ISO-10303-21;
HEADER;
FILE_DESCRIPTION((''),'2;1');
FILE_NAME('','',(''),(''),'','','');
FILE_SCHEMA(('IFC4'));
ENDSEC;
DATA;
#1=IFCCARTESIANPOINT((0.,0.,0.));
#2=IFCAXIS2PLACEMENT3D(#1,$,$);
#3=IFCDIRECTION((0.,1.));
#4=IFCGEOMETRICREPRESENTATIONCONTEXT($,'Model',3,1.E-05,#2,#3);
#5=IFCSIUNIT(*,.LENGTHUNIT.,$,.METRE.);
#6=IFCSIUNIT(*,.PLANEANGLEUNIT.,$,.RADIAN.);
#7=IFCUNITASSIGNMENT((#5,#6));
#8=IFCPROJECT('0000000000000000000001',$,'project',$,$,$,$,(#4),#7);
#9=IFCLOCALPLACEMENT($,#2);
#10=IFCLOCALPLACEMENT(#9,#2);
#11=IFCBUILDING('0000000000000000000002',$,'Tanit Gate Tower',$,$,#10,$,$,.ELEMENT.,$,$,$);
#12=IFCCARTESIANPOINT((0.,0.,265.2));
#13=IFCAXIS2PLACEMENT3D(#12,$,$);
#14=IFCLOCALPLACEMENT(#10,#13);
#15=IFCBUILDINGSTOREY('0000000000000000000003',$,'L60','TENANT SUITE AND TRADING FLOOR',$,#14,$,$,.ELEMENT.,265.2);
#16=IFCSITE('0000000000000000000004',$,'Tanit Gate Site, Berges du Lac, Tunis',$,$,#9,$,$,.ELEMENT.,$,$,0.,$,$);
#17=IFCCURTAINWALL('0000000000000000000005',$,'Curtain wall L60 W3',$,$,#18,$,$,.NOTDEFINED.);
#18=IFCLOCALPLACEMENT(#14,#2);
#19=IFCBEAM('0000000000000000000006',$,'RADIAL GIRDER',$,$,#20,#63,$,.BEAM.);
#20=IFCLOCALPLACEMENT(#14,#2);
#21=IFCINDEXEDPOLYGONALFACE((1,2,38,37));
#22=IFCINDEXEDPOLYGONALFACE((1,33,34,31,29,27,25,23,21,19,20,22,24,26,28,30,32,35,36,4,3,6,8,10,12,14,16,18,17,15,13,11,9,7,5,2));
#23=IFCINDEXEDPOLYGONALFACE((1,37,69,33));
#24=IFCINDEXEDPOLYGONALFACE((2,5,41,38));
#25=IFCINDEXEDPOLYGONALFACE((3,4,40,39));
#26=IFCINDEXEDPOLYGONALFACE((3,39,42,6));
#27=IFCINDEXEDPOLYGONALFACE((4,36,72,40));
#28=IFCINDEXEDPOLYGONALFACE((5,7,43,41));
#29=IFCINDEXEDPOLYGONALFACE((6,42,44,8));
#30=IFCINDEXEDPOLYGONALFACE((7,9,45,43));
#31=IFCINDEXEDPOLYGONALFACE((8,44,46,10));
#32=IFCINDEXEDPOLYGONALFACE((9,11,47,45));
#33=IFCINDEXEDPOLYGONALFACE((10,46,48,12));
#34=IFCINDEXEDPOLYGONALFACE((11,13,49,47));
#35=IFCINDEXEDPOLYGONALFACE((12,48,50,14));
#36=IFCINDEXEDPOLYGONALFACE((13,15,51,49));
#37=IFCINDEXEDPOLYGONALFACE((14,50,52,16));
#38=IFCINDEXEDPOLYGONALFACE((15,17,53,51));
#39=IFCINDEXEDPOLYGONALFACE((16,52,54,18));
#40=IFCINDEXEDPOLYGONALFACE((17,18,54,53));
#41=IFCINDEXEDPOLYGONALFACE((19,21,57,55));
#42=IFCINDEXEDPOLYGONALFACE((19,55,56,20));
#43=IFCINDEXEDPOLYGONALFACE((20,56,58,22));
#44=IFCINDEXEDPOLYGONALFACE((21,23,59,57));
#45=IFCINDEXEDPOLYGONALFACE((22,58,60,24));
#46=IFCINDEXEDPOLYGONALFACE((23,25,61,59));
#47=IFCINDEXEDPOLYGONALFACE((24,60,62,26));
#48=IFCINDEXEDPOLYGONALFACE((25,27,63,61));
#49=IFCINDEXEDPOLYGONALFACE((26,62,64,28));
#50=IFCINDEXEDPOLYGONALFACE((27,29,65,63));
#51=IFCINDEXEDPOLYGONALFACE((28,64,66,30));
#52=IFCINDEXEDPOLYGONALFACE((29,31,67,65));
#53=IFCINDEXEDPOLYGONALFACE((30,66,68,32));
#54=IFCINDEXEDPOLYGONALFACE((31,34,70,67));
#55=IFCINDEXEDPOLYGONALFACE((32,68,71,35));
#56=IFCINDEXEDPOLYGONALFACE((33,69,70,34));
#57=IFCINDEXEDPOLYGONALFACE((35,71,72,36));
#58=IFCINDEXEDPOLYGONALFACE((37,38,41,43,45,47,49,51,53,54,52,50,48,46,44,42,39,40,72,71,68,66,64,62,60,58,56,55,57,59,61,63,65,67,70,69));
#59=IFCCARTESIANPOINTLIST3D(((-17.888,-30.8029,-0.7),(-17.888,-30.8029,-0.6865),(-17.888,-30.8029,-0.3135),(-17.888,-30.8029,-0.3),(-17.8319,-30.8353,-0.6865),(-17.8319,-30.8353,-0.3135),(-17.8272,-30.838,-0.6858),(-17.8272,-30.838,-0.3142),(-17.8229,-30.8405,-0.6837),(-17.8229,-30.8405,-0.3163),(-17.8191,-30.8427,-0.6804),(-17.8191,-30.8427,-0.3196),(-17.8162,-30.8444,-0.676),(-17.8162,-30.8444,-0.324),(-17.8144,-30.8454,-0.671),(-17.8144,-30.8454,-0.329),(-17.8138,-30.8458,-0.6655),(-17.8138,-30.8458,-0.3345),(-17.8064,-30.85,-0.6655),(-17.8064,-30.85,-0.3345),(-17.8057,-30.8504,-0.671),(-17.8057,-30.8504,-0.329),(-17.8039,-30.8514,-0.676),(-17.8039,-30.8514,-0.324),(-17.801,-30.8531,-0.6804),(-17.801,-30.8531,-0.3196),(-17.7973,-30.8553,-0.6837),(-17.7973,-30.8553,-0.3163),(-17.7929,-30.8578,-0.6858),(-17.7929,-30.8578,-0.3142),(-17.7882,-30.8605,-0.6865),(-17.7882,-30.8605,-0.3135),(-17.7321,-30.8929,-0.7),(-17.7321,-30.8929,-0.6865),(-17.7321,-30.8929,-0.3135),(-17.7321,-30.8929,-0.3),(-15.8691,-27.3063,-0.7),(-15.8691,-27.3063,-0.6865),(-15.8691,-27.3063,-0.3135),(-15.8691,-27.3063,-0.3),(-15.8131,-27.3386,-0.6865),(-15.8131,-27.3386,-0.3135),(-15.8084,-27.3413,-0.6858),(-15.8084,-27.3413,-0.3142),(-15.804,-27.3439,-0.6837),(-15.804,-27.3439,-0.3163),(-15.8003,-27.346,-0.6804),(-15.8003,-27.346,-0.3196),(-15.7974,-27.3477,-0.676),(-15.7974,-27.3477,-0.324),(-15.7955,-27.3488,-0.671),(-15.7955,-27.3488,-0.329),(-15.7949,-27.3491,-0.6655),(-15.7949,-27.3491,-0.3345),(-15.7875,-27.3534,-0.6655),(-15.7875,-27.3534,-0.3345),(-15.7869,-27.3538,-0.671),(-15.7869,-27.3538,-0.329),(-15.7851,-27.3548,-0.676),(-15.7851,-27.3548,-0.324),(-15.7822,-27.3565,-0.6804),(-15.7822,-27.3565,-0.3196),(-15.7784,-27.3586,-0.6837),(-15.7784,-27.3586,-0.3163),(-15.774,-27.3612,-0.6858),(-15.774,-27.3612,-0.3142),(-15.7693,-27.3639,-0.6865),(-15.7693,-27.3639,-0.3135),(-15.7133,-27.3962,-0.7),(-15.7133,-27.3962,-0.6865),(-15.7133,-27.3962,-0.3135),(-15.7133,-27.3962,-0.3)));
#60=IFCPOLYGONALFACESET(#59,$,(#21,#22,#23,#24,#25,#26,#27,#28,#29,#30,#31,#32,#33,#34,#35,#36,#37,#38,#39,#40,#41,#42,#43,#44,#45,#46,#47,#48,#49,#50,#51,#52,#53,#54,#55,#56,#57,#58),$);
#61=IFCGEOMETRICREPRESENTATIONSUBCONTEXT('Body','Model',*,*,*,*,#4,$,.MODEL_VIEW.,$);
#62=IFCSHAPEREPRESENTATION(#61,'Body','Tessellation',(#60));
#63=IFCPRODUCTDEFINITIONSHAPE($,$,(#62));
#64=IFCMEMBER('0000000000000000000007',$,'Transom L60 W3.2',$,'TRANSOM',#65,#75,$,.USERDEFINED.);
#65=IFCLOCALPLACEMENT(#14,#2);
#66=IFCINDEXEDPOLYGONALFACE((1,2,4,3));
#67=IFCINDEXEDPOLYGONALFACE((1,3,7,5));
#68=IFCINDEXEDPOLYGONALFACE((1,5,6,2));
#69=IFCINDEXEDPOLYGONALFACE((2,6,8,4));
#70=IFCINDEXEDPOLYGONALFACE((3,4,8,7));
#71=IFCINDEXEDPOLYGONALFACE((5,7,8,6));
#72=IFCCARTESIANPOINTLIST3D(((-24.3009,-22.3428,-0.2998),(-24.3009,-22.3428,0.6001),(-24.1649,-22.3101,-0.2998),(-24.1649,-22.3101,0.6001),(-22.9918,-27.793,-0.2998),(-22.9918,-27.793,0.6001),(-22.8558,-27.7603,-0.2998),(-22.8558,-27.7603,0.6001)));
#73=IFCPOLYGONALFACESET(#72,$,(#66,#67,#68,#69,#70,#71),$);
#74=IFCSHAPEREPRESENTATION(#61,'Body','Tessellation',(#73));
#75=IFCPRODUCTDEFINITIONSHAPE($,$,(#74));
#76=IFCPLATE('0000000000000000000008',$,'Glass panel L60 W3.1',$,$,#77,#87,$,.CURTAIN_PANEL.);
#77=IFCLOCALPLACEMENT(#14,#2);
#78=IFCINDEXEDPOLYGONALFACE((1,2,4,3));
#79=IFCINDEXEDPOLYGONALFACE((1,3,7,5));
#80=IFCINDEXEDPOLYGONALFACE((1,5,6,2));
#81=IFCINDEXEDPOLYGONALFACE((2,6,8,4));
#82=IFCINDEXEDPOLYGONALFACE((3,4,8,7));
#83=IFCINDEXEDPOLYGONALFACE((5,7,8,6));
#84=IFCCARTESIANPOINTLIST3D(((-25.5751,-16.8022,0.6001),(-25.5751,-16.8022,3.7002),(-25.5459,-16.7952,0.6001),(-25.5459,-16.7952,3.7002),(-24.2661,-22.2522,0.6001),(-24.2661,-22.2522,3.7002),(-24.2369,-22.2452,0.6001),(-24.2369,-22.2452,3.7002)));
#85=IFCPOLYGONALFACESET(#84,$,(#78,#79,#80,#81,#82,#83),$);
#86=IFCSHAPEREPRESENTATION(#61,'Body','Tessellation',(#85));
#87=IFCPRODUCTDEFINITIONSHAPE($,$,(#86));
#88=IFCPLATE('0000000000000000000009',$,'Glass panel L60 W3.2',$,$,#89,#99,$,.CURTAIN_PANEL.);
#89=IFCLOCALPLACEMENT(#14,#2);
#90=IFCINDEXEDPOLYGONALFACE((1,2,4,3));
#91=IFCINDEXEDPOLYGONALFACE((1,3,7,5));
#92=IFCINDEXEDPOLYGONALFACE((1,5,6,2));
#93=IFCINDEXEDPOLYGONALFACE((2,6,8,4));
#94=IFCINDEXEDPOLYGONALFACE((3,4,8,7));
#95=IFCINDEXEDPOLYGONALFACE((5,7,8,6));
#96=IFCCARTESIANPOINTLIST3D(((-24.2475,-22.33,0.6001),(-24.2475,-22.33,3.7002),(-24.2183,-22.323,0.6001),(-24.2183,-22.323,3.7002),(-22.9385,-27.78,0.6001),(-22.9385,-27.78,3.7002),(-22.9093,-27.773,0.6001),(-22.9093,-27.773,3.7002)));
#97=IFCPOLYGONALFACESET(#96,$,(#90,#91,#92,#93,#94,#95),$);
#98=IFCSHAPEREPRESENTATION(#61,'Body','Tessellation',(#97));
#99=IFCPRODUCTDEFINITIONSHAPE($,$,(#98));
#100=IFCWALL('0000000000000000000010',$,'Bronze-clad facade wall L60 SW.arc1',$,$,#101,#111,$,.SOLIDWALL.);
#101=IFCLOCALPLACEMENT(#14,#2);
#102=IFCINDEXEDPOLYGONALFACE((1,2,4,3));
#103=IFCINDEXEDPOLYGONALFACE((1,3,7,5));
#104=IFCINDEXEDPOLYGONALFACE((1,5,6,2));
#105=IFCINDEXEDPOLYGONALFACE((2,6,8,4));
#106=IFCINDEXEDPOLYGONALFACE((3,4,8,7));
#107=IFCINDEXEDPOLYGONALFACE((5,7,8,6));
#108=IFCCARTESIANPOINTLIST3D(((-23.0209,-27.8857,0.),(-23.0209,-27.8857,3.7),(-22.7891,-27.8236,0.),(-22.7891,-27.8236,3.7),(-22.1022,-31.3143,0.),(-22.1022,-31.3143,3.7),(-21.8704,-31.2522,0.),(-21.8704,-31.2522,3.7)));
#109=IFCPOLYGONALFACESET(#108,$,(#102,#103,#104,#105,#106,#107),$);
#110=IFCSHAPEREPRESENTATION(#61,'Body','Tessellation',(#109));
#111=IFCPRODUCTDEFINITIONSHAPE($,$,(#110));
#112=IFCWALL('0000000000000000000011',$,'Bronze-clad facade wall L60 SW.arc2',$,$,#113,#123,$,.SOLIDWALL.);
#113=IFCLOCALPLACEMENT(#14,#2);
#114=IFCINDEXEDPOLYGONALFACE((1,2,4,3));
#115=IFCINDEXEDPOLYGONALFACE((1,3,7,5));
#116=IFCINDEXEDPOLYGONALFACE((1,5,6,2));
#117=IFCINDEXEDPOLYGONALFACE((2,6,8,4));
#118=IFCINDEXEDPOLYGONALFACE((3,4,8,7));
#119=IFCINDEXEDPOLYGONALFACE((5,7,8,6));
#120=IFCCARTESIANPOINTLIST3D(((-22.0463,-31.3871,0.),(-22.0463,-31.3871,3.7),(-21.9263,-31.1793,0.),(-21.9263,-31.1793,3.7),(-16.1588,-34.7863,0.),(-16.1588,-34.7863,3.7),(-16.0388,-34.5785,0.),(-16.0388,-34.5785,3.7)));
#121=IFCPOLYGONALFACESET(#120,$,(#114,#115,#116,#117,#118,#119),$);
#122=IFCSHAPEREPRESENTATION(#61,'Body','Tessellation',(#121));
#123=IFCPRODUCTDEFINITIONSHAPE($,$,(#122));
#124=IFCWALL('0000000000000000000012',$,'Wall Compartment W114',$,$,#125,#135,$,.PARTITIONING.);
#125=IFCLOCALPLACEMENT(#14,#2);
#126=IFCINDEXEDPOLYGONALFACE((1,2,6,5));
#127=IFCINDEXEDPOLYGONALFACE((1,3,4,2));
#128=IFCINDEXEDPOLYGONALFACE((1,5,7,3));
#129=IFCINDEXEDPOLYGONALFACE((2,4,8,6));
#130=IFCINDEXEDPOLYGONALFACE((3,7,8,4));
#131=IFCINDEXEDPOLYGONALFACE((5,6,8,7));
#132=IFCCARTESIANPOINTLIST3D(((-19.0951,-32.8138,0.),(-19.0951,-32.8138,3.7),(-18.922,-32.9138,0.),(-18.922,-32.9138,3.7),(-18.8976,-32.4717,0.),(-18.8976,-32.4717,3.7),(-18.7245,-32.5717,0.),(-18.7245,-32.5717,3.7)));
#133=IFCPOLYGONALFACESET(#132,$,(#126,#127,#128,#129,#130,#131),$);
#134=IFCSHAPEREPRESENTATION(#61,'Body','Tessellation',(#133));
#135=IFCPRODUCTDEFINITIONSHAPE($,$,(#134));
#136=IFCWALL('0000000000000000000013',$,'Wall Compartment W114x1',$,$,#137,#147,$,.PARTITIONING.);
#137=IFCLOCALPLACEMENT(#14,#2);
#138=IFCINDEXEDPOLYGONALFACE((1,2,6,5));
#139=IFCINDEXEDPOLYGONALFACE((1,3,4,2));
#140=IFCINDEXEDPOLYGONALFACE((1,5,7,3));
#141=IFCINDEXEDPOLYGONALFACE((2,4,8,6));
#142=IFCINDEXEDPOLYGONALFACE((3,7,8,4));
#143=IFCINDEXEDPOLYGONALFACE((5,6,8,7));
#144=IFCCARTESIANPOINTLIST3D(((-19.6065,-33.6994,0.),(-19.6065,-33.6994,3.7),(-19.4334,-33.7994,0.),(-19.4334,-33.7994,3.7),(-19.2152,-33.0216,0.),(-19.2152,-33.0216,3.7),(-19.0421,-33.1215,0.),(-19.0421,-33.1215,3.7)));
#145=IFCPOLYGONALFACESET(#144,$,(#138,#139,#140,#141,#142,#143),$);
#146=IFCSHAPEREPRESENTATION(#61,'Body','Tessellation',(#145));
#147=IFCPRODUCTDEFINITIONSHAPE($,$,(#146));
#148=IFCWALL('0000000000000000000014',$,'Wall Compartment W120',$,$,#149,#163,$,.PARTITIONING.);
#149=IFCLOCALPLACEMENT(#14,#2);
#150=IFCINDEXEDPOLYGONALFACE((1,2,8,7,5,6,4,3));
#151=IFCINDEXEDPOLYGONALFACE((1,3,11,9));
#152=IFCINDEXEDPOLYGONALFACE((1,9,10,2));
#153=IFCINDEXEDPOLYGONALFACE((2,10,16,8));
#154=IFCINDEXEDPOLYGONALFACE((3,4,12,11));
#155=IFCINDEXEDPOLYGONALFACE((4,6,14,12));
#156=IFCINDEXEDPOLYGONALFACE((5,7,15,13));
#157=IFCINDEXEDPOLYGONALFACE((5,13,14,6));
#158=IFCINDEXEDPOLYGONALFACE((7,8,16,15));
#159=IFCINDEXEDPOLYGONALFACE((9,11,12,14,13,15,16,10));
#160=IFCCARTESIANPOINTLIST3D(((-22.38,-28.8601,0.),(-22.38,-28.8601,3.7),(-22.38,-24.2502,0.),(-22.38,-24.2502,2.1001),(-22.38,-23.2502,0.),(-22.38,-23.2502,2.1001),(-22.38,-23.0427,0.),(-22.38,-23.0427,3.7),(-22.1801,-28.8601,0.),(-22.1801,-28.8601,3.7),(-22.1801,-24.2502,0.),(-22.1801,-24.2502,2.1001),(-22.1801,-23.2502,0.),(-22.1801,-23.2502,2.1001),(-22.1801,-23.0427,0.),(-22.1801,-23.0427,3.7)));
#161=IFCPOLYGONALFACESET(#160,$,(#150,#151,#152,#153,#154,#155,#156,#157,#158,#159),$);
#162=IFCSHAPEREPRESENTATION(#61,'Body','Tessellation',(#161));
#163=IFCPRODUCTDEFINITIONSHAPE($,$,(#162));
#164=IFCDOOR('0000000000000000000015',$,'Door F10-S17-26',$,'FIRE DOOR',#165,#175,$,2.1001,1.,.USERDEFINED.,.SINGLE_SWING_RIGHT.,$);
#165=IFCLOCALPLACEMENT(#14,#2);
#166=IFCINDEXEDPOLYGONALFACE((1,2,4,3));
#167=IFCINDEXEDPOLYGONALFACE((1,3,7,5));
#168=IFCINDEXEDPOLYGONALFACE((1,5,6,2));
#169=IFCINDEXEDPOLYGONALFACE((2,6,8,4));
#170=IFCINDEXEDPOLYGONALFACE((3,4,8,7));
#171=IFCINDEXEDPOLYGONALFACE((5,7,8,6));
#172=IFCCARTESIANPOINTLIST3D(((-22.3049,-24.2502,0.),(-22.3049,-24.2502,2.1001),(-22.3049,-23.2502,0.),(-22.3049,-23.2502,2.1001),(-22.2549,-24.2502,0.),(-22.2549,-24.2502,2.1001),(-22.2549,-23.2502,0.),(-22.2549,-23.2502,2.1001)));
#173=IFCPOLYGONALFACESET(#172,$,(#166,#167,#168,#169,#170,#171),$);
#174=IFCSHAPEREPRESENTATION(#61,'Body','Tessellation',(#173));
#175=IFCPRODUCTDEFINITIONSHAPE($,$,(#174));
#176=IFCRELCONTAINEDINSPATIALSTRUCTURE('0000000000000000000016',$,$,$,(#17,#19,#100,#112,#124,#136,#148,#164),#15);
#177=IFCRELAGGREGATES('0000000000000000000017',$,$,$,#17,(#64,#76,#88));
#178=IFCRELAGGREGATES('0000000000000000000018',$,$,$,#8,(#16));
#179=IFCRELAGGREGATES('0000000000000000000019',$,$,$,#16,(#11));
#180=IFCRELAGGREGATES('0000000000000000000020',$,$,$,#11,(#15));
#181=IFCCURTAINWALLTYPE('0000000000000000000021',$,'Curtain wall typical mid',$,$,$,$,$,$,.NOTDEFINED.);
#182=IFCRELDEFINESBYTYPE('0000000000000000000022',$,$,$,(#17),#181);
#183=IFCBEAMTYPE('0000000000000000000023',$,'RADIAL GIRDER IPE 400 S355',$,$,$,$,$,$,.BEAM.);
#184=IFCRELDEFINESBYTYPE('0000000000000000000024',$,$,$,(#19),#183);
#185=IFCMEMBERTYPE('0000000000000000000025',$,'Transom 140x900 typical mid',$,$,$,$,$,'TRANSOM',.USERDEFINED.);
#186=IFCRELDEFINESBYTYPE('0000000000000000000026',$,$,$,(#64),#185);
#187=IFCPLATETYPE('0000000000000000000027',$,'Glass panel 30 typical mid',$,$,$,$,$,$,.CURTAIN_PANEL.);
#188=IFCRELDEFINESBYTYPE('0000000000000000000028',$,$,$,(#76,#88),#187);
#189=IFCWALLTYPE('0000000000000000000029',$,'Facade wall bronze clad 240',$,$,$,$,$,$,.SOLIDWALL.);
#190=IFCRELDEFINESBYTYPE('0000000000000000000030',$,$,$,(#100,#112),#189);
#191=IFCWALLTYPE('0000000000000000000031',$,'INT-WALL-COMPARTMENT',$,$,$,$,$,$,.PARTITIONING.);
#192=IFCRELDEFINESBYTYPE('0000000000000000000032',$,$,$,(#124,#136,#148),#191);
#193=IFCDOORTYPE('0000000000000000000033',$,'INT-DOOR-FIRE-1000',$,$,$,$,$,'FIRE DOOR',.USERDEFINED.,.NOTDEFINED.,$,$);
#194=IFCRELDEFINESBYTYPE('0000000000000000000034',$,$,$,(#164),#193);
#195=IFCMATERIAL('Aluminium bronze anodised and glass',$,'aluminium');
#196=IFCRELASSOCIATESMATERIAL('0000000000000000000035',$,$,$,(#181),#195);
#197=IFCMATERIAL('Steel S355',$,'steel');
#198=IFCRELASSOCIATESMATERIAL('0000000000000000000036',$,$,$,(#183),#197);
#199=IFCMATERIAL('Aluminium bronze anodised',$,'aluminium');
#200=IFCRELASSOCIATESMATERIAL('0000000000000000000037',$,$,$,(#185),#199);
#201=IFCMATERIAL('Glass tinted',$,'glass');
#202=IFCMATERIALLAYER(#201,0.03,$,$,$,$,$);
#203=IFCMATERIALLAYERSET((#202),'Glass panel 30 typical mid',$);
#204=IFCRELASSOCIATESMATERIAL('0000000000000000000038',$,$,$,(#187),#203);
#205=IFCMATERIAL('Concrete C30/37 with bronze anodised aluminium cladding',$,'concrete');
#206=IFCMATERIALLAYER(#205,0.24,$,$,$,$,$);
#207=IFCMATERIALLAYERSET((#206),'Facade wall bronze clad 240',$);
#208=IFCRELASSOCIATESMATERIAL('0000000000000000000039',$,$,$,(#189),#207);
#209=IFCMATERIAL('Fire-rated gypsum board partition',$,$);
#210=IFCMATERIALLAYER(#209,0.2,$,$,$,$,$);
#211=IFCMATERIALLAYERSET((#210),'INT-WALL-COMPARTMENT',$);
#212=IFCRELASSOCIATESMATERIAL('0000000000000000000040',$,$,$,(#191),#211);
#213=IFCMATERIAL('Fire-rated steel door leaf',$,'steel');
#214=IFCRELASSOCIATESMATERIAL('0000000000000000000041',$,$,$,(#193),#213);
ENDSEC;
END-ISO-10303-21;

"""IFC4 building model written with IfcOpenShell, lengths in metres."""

from ifc_helpers import new_model, si_unit, direction, frame, frame_2d, origin, origin_2d, place, context, subcontext, project, spatial, rectangle, i_section, extrude, material, layer, layer_set, material_profile, profile_set, type_object, element, fill, aggregate, save


model = new_model("IFC4")

# Units and contexts
model_context = context("Model", 3, precision=1e-05, world=origin(), true_north=direction((0.0, 1.0)))
body_context = subcontext(model_context, "Body", "Model", "MODEL_VIEW")
ifc_project = project(units=[si_unit("LENGTHUNIT", "METRE"), si_unit("PLANEANGLEUNIT", "RADIAN")], contexts=[model_context])

# Site, building, storey
site_placement = place(None, origin())
site = spatial("IfcSite", under=ifc_project, at=site_placement, Name="Tanit Gate Site, Berges du Lac, Tunis", CompositionType="ELEMENT", RefElevation=0.0)
building_placement = place(site_placement, origin())
building = spatial("IfcBuilding", under=site, at=building_placement, Name="Tanit Gate Tower", CompositionType="ELEMENT")
storey_placement = place(building_placement, frame((0.0, 0.0, 265.2)))
storey = spatial("IfcBuildingStorey", under=building, at=storey_placement, Name="L60", Description="TENANT SUITE AND TRADING FLOOR", CompositionType="ELEMENT", Elevation=265.2)

# Curtain wall
ifc_material_1 = material(Name="Aluminium bronze anodised and glass", Category="aluminium")
curtain_wall_type = type_object("IfcCurtainWallType", Name="Curtain wall typical mid", PredefinedType="NOTDEFINED", material=ifc_material_1)
curtain_wall_placement = place(storey_placement, origin())
curtain_wall = element("IfcCurtainWall", 1, at=curtain_wall_placement, inside=storey, type_object=curtain_wall_type, Name="Curtain wall L60 W3", PredefinedType="NOTDEFINED")

# Beam
ifc_material_2 = material(Name="Steel S355", Category="steel")
ifc_material_profile_1 = material_profile(ifc_material_2, i_section(OverallWidth=0.1799, OverallDepth=0.3999, WebThickness=0.0085, FlangeThickness=0.0134, FilletRadius=0.021, at=origin_2d()), Name="IPE 400")
ifc_profile_set_1 = profile_set([ifc_material_profile_1], Name="Steel S355")
beam_type_1 = type_object("IfcBeamType", Name="RADIAL GIRDER IPE 400 S355", PredefinedType="BEAM", material=ifc_profile_set_1)
beam_1_placement = place(storey_placement, frame((-17.8101, -30.8479, -0.5), z_axis=(0.500009, 0.86602, 0.0), x_axis=(-0.86602, 0.500009, 0.0)))
element("IfcBeam", 2, at=beam_1_placement, inside=storey, type_object=beam_type_1, Name="RADIAL GIRDER", PredefinedType="BEAM", context=body_context, shape_type="SweptSolid", body=[
    extrude(i_section(OverallWidth=0.1799, OverallDepth=0.3999, WebThickness=0.0085, FlangeThickness=0.0134, FilletRadius=0.021, at=origin_2d()), origin(), (0.0, 0.0, 1.0), 4.0376),
])

# Member
ifc_material_3 = material(Name="Aluminium bronze anodised", Category="aluminium")
ifc_material_profile_2 = material_profile(ifc_material_3, rectangle(XDim=0.1399, YDim=0.8999, at=origin_2d()), Name="140x900 bronze transom")
ifc_profile_set_2 = profile_set([ifc_material_profile_2], Name="Aluminium bronze anodised")
member_type_1 = type_object("IfcMemberType", Name="Transom 140x900 typical mid", ElementType="TRANSOM", PredefinedType="USERDEFINED", material=ifc_profile_set_2)
member_1_placement = place(storey_placement, frame((-24.2329, -22.3264, 0.1501), z_axis=(0.233548, -0.972345, 0.0), x_axis=(0.972345, 0.233548, 0.0)))
member_1 = element("IfcMember", 3, at=member_1_placement, type_object=member_type_1, Name="Transom L60 W3.2", ObjectType="TRANSOM", PredefinedType="USERDEFINED", context=body_context, shape_type="SweptSolid", body=[
    extrude(rectangle(XDim=0.1399, YDim=0.8999, at=origin_2d()), origin(), (0.0, 0.0, 1.0), 5.6052),
])

# Plates
ifc_material_4 = material(Name="Glass tinted", Category="glass")
ifc_layer_1 = layer(ifc_material_4, 0.03)
ifc_layer_set_1 = layer_set([ifc_layer_1], Name="Glass panel 30 typical mid")
plate_type = type_object("IfcPlateType", Name="Glass panel 30 typical mid", PredefinedType="CURTAIN_PANEL", material=ifc_layer_set_1)
plate_1_placement = place(storey_placement, frame((-24.906, -19.5237, 0.6001), z_axis=(0.0, 0.0, 1.0), x_axis=(0.233542, -0.972347, 0.0)))
plate_1 = element("IfcPlate", 4, at=plate_1_placement, type_object=plate_type, Name="Glass panel L60 W3.1", PredefinedType="CURTAIN_PANEL", context=body_context, shape_type="SweptSolid", body=[
    extrude(rectangle(XDim=5.605, YDim=0.03, at=origin_2d()), origin(), (0.0, 0.0, 1.0), 3.1001),
])
plate_2_placement = place(storey_placement, frame((-23.5784, -25.0515, 0.6001), z_axis=(0.0, 0.0, 1.0), x_axis=(0.233542, -0.972347, 0.0)))
plate_2 = element("IfcPlate", 5, at=plate_2_placement, type_object=plate_type, Name="Glass panel L60 W3.2", PredefinedType="CURTAIN_PANEL", context=body_context, shape_type="SweptSolid", body=[
    extrude(rectangle(XDim=5.605, YDim=0.03, at=origin_2d()), origin(), (0.0, 0.0, 1.0), 3.1001),
])
aggregate(curtain_wall, [member_1, plate_1, plate_2])

# Walls
ifc_material_5 = material(Name="Concrete C30/37 with bronze anodised aluminium cladding", Category="concrete")
ifc_layer_2 = layer(ifc_material_5, 0.24)
ifc_layer_set_2 = layer_set([ifc_layer_2], Name="Facade wall bronze clad 240")
wall_type_1 = type_object("IfcWallType", Name="Facade wall bronze clad 240", PredefinedType="SOLIDWALL", material=ifc_layer_set_2)
wall_1_placement = place(storey_placement, frame((-22.905, -27.8545, 0.0), z_axis=(0.0, 0.0, 1.0), x_axis=(0.258814, -0.965927, 0.0)))
element("IfcWall", 6, at=wall_1_placement, inside=storey, type_object=wall_type_1, Name="Bronze-clad facade wall L60 SW.arc1", PredefinedType="SOLIDWALL", context=body_context, shape_type="SweptSolid", body=[
    extrude(rectangle(XDim=3.5496, YDim=0.24, at=frame_2d((1.7749, 0.0))), origin(), (0.0, 0.0, 1.0), 3.7),
])
wall_2_placement = place(storey_placement, frame((-21.9863, -31.2832, 0.0), z_axis=(0.0, 0.0, 1.0), x_axis=(0.866022, -0.500005, 0.0)))
element("IfcWall", 7, at=wall_2_placement, inside=storey, type_object=wall_type_1, Name="Bronze-clad facade wall L60 SW.arc2", PredefinedType="SOLIDWALL", context=body_context, shape_type="SweptSolid", body=[
    extrude(rectangle(XDim=6.7983, YDim=0.24, at=frame_2d((3.3992, 0.0))), origin(), (0.0, 0.0, 1.0), 3.7),
])
ifc_material_6 = material(Name="Fire-rated gypsum board partition")
ifc_layer_3 = layer(ifc_material_6, 0.2)
ifc_layer_set_3 = layer_set([ifc_layer_3], Name="INT-WALL-COMPARTMENT")
wall_type_2 = type_object("IfcWallType", Name="INT-WALL-COMPARTMENT", PredefinedType="PARTITIONING", material=ifc_layer_set_3)
wall_3_placement = place(storey_placement, frame((-18.811, -32.5217, 0.0), z_axis=(0.0, 0.0, 1.0), x_axis=(-0.500061, -0.86599, 0.0)))
element("IfcWall", 8, at=wall_3_placement, inside=storey, type_object=wall_type_2, Name="Wall Compartment W114", PredefinedType="PARTITIONING", context=body_context, shape_type="SweptSolid", body=[
    extrude(rectangle(XDim=0.395, YDim=0.2, at=frame_2d((0.1975, 0.0))), origin(), (0.0, 0.0, 1.0), 3.7),
])
wall_4_placement = place(storey_placement, frame((-19.1287, -33.0715, 0.0), z_axis=(0.0, 0.0, 1.0), x_axis=(-0.499929, -0.866066, 0.0)))
element("IfcWall", 9, at=wall_4_placement, inside=storey, type_object=wall_type_2, Name="Wall Compartment W114x1", PredefinedType="PARTITIONING", context=body_context, shape_type="SweptSolid", body=[
    extrude(rectangle(XDim=0.7827, YDim=0.2, at=frame_2d((0.3914, 0.0))), origin(), (0.0, 0.0, 1.0), 3.7),
])

# Wall, opening, door
wall_5_placement = place(storey_placement, frame((-22.28, -28.8601, 0.0), z_axis=(0.0, 0.0, 1.0), x_axis=(0.0, 1.0, 0.0)))
wall_5 = element("IfcWall", 10, at=wall_5_placement, inside=storey, type_object=wall_type_2, Name="Wall Compartment W120", PredefinedType="PARTITIONING", context=body_context, shape_type="SweptSolid", body=[
    extrude(rectangle(XDim=5.8174, YDim=0.2, at=frame_2d((2.9087, 0.0))), origin(), (0.0, 0.0, 1.0), 3.7),
])
opening_placement = place(wall_5_placement, frame((4.6099, 0.0, 0.0)))
opening = element("IfcOpeningElement", 11, at=opening_placement, cuts=wall_5, PredefinedType="OPENING", context=body_context, shape_type="SweptSolid", body=[
    extrude(rectangle(XDim=1.0, YDim=2.1001, at=frame_2d((0.5, 1.05))), frame((0.0, 0.1099, 0.0), z_axis=(0.0, -1.0, 0.0), x_axis=(1.0, 0.0, 0.0)), (0.0, 0.0, 1.0), 0.22),
])
ifc_material_7 = material(Name="Fire-rated steel door leaf", Category="steel")
door_type = type_object("IfcDoorType", Name="INT-DOOR-FIRE-1000", ElementType="FIRE DOOR", OperationType="NOTDEFINED", PredefinedType="USERDEFINED", material=ifc_material_7)
door_placement = place(opening_placement, origin())
door = element("IfcDoor", 12, at=door_placement, inside=storey, type_object=door_type, Name="Door F10-S17-26", ObjectType="FIRE DOOR", OperationType="SINGLE_SWING_RIGHT", OverallHeight=2.1001, OverallWidth=1.0, PredefinedType="USERDEFINED", context=body_context, shape_type="SweptSolid", body=[
    extrude(rectangle(XDim=1.0, YDim=2.1001, at=frame_2d((0.5, 1.05))), frame((0.0, 0.0249, 0.0), z_axis=(0.0, -1.0, 0.0), x_axis=(1.0, 0.0, 0.0)), (0.0, 0.0, 1.0), 0.05),
])
fill(opening, door)

save(model, "model.ifc")
